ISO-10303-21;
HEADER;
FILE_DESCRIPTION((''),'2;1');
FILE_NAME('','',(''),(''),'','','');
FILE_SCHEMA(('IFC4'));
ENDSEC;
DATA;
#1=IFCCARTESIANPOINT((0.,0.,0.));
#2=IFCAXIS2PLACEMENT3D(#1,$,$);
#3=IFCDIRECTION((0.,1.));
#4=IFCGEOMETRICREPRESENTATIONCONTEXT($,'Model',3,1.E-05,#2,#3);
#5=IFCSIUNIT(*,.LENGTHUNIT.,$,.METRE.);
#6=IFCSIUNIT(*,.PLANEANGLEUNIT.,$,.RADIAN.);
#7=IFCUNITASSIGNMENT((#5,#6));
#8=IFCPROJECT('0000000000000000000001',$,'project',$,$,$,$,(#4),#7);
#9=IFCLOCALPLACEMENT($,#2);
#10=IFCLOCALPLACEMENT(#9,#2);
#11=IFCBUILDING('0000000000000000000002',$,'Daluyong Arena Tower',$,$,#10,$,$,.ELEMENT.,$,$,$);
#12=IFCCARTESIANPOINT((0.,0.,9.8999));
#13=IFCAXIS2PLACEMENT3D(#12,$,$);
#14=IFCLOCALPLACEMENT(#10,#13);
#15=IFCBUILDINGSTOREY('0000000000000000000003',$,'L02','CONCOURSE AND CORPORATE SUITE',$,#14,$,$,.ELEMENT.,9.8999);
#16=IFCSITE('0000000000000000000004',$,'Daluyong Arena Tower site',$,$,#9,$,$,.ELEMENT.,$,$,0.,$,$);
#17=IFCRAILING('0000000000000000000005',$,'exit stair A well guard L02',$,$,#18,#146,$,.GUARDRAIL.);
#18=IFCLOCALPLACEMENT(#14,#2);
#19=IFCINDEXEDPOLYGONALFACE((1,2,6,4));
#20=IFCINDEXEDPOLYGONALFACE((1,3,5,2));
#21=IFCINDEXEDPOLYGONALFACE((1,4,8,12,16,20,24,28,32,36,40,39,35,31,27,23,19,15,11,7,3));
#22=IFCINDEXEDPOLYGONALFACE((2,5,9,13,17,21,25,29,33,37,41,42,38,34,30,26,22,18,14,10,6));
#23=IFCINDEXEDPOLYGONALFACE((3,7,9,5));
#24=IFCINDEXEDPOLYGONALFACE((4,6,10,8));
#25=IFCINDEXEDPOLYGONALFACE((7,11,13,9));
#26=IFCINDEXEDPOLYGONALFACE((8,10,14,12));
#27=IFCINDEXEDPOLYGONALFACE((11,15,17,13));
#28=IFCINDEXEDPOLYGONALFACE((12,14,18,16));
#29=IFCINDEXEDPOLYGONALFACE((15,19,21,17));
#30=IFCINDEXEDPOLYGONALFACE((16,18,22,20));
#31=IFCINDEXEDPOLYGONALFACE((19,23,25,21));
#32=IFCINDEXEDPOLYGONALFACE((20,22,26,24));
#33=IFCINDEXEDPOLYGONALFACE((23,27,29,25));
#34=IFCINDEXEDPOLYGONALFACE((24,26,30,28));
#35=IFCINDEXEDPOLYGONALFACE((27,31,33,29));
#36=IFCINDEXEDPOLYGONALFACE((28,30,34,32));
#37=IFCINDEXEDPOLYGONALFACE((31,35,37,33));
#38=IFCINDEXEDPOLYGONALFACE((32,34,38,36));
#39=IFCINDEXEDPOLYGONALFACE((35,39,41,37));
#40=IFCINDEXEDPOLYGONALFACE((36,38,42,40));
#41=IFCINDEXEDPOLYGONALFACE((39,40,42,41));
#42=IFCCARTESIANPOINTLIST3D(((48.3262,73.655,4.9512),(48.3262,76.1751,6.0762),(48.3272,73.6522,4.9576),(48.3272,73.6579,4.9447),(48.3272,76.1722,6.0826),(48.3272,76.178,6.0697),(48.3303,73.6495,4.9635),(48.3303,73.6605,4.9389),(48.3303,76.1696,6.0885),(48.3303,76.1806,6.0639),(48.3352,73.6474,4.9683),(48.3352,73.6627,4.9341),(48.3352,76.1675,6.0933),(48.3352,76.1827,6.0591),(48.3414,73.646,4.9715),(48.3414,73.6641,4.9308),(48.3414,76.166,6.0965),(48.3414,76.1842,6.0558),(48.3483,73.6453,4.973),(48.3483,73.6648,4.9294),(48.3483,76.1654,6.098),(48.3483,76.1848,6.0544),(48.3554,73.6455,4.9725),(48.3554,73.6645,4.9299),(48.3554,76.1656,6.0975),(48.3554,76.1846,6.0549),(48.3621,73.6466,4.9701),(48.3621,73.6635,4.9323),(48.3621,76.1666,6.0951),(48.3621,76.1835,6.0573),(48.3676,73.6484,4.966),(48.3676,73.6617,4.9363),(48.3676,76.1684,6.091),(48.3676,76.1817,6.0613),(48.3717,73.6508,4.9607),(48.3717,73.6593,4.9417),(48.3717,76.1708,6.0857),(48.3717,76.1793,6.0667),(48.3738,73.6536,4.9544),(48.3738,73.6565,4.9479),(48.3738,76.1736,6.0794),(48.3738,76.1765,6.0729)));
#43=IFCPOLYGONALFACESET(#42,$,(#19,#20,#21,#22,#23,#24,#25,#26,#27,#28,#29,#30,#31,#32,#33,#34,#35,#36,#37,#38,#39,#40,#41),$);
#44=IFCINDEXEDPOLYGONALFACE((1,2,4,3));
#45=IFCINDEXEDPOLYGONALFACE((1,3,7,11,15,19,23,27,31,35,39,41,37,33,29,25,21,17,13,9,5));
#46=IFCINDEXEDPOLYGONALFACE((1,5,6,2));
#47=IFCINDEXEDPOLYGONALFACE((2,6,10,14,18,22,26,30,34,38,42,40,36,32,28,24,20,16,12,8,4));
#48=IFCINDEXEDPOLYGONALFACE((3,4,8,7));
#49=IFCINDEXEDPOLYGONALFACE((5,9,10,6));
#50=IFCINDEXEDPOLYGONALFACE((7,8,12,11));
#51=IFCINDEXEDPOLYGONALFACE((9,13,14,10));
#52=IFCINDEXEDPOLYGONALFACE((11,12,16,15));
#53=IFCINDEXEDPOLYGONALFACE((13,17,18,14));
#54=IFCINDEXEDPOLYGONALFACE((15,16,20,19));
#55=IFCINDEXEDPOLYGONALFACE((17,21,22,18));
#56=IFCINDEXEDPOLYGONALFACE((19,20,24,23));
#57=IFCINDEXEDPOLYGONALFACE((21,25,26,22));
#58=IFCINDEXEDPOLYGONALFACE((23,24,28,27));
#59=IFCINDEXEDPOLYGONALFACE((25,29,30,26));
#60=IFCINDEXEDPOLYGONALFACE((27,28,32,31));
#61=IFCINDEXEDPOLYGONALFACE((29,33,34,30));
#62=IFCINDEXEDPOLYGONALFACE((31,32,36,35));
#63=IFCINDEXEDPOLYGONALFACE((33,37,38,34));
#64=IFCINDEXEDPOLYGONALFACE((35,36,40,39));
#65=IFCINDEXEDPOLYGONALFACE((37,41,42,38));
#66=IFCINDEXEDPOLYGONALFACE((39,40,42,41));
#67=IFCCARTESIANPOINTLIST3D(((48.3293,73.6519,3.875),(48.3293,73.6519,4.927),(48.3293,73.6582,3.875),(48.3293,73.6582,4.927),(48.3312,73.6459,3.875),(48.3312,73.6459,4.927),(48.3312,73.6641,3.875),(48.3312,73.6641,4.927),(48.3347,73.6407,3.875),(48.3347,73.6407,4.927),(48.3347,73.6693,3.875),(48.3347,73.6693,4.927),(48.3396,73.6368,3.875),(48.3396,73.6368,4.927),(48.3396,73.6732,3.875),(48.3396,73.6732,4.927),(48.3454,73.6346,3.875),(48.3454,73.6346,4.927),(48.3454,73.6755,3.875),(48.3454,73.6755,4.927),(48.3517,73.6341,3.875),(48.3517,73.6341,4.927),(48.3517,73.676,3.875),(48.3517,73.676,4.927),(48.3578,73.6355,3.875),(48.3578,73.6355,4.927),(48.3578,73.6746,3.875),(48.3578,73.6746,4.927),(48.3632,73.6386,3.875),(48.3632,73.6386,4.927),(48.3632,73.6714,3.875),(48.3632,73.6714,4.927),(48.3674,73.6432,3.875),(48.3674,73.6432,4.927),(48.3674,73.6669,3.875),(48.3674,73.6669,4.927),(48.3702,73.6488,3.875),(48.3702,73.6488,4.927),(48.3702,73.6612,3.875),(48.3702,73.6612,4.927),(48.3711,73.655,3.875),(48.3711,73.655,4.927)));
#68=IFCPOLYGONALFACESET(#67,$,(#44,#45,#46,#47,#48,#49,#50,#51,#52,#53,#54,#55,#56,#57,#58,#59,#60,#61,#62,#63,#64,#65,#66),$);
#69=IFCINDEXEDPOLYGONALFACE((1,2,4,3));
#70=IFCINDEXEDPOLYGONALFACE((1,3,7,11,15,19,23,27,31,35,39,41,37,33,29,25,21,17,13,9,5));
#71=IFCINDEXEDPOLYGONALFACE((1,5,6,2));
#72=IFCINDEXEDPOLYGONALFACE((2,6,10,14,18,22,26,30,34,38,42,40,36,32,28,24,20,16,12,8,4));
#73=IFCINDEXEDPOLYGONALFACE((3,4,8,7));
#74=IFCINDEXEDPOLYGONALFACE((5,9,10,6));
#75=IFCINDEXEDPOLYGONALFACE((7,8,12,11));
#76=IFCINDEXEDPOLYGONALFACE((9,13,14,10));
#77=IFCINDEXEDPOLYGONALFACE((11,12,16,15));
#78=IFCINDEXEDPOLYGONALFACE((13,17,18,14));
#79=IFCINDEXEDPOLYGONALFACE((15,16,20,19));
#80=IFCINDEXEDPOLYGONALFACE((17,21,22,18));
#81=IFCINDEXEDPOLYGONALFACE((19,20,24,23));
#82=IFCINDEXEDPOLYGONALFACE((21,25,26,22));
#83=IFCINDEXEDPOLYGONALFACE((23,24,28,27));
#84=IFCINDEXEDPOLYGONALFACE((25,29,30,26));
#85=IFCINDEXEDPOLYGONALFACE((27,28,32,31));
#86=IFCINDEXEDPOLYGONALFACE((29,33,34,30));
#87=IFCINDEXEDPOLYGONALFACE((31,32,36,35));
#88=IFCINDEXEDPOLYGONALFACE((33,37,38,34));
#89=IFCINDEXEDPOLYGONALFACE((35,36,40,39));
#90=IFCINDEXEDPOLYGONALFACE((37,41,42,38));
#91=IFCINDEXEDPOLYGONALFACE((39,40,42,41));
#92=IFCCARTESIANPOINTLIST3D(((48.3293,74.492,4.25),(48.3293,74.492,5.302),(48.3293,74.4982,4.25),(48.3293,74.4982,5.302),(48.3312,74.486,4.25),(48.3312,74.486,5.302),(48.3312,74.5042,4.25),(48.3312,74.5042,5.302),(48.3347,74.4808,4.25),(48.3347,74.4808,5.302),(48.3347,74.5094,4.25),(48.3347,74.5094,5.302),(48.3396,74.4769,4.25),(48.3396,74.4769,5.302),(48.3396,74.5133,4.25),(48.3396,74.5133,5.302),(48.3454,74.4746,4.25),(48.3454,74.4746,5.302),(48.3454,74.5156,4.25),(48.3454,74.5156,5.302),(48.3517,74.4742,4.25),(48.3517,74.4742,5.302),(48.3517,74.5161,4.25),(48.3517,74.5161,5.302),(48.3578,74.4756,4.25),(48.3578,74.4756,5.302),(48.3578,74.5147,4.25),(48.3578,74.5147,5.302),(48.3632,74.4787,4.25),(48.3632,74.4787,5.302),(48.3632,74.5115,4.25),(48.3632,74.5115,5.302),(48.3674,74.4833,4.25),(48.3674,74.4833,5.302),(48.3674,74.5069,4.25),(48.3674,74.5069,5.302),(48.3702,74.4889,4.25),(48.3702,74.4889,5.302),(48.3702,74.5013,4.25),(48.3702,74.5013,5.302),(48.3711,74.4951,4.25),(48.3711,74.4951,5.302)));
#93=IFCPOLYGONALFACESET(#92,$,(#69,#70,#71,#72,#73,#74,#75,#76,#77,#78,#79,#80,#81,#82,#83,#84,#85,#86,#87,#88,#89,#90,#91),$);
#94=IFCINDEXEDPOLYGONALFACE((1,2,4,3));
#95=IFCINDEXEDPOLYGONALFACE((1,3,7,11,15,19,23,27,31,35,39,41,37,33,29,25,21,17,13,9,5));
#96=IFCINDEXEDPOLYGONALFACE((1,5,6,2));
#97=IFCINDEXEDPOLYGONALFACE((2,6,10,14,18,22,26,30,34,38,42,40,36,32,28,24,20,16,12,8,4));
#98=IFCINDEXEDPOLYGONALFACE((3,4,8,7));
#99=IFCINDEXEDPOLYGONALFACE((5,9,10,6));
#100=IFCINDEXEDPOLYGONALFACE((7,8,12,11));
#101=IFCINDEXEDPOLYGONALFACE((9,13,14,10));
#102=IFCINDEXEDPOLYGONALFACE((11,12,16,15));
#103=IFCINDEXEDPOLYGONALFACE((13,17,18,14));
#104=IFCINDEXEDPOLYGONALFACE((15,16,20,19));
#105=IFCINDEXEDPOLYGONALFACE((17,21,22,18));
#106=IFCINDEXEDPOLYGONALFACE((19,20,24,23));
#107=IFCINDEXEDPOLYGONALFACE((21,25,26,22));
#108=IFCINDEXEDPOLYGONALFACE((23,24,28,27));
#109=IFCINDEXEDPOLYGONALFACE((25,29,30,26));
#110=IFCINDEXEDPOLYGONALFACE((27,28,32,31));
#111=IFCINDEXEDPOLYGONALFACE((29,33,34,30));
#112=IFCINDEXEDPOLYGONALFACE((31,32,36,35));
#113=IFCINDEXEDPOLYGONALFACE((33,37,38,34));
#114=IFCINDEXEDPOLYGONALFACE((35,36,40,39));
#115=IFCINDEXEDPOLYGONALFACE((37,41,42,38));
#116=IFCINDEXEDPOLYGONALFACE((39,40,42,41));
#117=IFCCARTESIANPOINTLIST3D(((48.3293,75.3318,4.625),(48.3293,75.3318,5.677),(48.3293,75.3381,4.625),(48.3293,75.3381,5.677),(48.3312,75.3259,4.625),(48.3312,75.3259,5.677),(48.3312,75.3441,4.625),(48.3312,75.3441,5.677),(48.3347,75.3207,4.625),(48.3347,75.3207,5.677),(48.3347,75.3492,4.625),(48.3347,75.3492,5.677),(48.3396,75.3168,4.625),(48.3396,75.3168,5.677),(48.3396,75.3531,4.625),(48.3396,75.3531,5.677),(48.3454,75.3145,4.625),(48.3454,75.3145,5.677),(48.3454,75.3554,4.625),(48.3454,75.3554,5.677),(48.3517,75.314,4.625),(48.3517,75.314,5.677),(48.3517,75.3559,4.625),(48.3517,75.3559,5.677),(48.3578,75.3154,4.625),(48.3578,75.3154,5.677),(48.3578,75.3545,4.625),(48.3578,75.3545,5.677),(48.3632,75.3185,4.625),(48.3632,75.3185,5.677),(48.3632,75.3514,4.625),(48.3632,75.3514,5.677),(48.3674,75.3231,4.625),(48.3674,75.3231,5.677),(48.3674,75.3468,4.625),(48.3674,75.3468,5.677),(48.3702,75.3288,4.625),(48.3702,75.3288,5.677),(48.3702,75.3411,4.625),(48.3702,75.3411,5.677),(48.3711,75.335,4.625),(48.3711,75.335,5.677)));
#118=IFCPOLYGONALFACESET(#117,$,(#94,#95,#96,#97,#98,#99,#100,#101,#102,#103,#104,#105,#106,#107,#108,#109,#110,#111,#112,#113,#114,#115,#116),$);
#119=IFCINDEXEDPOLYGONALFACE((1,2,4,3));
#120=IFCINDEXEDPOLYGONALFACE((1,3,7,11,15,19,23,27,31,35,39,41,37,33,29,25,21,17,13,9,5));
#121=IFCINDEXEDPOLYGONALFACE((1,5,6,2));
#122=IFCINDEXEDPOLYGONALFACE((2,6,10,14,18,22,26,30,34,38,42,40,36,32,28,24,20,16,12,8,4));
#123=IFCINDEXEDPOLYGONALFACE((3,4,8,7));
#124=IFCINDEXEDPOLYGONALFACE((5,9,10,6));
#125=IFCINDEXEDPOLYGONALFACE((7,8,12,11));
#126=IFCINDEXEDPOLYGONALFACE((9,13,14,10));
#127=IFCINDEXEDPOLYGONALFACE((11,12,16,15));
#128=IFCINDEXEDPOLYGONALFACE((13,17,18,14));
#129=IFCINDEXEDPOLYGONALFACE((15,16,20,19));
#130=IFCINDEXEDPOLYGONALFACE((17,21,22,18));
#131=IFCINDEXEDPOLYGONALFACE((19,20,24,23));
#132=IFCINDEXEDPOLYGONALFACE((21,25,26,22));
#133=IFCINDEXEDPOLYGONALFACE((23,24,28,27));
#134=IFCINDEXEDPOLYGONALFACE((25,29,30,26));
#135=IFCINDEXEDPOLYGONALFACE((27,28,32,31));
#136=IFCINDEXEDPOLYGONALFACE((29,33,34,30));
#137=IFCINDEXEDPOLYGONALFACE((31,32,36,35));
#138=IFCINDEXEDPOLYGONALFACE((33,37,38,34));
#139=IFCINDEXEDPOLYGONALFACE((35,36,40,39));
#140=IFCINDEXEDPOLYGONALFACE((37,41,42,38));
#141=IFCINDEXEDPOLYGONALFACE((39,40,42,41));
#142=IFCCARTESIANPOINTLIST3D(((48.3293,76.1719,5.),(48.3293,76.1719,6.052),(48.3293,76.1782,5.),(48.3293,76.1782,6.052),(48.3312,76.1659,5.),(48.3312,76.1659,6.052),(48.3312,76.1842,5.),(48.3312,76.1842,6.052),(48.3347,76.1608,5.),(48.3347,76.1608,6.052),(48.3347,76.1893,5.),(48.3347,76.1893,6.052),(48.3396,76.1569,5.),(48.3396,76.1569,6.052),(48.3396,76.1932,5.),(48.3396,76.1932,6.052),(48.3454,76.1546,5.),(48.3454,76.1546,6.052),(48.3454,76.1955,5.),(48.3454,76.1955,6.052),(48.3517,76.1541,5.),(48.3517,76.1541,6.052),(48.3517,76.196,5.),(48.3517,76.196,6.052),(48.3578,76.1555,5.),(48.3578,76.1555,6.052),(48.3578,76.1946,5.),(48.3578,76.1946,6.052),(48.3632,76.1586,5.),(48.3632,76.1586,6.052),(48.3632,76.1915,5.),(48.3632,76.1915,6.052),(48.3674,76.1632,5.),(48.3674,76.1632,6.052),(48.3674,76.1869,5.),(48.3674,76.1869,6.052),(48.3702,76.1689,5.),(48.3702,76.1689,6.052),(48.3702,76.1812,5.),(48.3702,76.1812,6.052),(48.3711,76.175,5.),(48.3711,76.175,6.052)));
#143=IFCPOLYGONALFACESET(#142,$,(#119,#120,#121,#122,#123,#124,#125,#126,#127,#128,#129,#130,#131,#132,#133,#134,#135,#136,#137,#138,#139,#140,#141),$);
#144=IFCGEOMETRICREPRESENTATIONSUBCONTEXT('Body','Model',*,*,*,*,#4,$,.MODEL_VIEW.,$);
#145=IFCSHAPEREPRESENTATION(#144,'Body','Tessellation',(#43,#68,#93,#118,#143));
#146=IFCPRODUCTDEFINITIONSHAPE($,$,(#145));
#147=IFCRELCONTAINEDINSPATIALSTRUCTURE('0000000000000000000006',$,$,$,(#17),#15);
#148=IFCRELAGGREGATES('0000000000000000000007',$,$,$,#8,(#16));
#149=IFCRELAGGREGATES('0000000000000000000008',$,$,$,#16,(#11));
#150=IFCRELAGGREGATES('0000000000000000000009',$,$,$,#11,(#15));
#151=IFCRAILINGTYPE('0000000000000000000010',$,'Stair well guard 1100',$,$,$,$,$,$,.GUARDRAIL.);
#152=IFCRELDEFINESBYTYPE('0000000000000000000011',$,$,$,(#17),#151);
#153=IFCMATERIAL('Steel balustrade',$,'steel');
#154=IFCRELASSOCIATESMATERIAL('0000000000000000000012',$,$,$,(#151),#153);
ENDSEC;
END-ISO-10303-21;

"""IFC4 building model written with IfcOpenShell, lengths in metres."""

from ifc_helpers import new_model, si_unit, direction, frame, origin, origin_2d, place, context, subcontext, project, spatial, circle, extrude, material, type_object, element, save


model = new_model("IFC4")

# Units and contexts
model_context = context("Model", 3, precision=1e-05, world=origin(), true_north=direction((0.0, 1.0)))
body_context = subcontext(model_context, "Body", "Model", "MODEL_VIEW")
ifc_project = project(units=[si_unit("LENGTHUNIT", "METRE"), si_unit("PLANEANGLEUNIT", "RADIAN")], contexts=[model_context])

# Site, building, storey
site_placement = place(None, origin())
site = spatial("IfcSite", under=ifc_project, at=site_placement, Name="Daluyong Arena Tower site", CompositionType="ELEMENT", RefElevation=0.0)
building_placement = place(site_placement, origin())
building = spatial("IfcBuilding", under=site, at=building_placement, Name="Daluyong Arena Tower", CompositionType="ELEMENT")
storey_placement = place(building_placement, frame((0.0, 0.0, 9.8999)))
storey = spatial("IfcBuildingStorey", under=building, at=storey_placement, Name="L02", Description="CONCOURSE AND CORPORATE SUITE", CompositionType="ELEMENT", Elevation=9.8999)

# Railing
ifc_material_1 = material(Name="Steel balustrade", Category="steel")
railing_type_1 = type_object("IfcRailingType", Name="Stair well guard 1100", PredefinedType="GUARDRAIL", material=ifc_material_1)
for number, where, name in (
    (1, (48.3501, 73.655, 3.875), "exit stair A well guard L02"),
):
    element("IfcRailing", number, at=place(storey_placement, frame(where)), inside=storey, type_object=railing_type_1, Name=name, PredefinedType="GUARDRAIL", context=body_context, shape_type="SweptSolid", body=[
        extrude(circle(Radius=0.0239, at=origin_2d()), frame((0.0, 0.0, 1.0762), z_axis=(0.0, 0.913139, 0.407648), x_axis=(-1.0, 0.0, 0.0)), (0.0, 0.0, 1.0), 2.7598),
        extrude(circle(Radius=0.021, at=origin_2d()), origin(), (0.0, 0.0, 1.0), 1.052),
        extrude(circle(Radius=0.021, at=origin_2d()), frame((0.0, 0.8401, 0.375)), (0.0, 0.0, 1.0), 1.052),
        extrude(circle(Radius=0.021, at=origin_2d()), frame((0.0, 1.6799, 0.75)), (0.0, 0.0, 1.0), 1.052),
        extrude(circle(Radius=0.021, at=origin_2d()), frame((0.0, 2.52, 1.125)), (0.0, 0.0, 1.0), 1.052),
    ])

save(model, "model.ifc")
